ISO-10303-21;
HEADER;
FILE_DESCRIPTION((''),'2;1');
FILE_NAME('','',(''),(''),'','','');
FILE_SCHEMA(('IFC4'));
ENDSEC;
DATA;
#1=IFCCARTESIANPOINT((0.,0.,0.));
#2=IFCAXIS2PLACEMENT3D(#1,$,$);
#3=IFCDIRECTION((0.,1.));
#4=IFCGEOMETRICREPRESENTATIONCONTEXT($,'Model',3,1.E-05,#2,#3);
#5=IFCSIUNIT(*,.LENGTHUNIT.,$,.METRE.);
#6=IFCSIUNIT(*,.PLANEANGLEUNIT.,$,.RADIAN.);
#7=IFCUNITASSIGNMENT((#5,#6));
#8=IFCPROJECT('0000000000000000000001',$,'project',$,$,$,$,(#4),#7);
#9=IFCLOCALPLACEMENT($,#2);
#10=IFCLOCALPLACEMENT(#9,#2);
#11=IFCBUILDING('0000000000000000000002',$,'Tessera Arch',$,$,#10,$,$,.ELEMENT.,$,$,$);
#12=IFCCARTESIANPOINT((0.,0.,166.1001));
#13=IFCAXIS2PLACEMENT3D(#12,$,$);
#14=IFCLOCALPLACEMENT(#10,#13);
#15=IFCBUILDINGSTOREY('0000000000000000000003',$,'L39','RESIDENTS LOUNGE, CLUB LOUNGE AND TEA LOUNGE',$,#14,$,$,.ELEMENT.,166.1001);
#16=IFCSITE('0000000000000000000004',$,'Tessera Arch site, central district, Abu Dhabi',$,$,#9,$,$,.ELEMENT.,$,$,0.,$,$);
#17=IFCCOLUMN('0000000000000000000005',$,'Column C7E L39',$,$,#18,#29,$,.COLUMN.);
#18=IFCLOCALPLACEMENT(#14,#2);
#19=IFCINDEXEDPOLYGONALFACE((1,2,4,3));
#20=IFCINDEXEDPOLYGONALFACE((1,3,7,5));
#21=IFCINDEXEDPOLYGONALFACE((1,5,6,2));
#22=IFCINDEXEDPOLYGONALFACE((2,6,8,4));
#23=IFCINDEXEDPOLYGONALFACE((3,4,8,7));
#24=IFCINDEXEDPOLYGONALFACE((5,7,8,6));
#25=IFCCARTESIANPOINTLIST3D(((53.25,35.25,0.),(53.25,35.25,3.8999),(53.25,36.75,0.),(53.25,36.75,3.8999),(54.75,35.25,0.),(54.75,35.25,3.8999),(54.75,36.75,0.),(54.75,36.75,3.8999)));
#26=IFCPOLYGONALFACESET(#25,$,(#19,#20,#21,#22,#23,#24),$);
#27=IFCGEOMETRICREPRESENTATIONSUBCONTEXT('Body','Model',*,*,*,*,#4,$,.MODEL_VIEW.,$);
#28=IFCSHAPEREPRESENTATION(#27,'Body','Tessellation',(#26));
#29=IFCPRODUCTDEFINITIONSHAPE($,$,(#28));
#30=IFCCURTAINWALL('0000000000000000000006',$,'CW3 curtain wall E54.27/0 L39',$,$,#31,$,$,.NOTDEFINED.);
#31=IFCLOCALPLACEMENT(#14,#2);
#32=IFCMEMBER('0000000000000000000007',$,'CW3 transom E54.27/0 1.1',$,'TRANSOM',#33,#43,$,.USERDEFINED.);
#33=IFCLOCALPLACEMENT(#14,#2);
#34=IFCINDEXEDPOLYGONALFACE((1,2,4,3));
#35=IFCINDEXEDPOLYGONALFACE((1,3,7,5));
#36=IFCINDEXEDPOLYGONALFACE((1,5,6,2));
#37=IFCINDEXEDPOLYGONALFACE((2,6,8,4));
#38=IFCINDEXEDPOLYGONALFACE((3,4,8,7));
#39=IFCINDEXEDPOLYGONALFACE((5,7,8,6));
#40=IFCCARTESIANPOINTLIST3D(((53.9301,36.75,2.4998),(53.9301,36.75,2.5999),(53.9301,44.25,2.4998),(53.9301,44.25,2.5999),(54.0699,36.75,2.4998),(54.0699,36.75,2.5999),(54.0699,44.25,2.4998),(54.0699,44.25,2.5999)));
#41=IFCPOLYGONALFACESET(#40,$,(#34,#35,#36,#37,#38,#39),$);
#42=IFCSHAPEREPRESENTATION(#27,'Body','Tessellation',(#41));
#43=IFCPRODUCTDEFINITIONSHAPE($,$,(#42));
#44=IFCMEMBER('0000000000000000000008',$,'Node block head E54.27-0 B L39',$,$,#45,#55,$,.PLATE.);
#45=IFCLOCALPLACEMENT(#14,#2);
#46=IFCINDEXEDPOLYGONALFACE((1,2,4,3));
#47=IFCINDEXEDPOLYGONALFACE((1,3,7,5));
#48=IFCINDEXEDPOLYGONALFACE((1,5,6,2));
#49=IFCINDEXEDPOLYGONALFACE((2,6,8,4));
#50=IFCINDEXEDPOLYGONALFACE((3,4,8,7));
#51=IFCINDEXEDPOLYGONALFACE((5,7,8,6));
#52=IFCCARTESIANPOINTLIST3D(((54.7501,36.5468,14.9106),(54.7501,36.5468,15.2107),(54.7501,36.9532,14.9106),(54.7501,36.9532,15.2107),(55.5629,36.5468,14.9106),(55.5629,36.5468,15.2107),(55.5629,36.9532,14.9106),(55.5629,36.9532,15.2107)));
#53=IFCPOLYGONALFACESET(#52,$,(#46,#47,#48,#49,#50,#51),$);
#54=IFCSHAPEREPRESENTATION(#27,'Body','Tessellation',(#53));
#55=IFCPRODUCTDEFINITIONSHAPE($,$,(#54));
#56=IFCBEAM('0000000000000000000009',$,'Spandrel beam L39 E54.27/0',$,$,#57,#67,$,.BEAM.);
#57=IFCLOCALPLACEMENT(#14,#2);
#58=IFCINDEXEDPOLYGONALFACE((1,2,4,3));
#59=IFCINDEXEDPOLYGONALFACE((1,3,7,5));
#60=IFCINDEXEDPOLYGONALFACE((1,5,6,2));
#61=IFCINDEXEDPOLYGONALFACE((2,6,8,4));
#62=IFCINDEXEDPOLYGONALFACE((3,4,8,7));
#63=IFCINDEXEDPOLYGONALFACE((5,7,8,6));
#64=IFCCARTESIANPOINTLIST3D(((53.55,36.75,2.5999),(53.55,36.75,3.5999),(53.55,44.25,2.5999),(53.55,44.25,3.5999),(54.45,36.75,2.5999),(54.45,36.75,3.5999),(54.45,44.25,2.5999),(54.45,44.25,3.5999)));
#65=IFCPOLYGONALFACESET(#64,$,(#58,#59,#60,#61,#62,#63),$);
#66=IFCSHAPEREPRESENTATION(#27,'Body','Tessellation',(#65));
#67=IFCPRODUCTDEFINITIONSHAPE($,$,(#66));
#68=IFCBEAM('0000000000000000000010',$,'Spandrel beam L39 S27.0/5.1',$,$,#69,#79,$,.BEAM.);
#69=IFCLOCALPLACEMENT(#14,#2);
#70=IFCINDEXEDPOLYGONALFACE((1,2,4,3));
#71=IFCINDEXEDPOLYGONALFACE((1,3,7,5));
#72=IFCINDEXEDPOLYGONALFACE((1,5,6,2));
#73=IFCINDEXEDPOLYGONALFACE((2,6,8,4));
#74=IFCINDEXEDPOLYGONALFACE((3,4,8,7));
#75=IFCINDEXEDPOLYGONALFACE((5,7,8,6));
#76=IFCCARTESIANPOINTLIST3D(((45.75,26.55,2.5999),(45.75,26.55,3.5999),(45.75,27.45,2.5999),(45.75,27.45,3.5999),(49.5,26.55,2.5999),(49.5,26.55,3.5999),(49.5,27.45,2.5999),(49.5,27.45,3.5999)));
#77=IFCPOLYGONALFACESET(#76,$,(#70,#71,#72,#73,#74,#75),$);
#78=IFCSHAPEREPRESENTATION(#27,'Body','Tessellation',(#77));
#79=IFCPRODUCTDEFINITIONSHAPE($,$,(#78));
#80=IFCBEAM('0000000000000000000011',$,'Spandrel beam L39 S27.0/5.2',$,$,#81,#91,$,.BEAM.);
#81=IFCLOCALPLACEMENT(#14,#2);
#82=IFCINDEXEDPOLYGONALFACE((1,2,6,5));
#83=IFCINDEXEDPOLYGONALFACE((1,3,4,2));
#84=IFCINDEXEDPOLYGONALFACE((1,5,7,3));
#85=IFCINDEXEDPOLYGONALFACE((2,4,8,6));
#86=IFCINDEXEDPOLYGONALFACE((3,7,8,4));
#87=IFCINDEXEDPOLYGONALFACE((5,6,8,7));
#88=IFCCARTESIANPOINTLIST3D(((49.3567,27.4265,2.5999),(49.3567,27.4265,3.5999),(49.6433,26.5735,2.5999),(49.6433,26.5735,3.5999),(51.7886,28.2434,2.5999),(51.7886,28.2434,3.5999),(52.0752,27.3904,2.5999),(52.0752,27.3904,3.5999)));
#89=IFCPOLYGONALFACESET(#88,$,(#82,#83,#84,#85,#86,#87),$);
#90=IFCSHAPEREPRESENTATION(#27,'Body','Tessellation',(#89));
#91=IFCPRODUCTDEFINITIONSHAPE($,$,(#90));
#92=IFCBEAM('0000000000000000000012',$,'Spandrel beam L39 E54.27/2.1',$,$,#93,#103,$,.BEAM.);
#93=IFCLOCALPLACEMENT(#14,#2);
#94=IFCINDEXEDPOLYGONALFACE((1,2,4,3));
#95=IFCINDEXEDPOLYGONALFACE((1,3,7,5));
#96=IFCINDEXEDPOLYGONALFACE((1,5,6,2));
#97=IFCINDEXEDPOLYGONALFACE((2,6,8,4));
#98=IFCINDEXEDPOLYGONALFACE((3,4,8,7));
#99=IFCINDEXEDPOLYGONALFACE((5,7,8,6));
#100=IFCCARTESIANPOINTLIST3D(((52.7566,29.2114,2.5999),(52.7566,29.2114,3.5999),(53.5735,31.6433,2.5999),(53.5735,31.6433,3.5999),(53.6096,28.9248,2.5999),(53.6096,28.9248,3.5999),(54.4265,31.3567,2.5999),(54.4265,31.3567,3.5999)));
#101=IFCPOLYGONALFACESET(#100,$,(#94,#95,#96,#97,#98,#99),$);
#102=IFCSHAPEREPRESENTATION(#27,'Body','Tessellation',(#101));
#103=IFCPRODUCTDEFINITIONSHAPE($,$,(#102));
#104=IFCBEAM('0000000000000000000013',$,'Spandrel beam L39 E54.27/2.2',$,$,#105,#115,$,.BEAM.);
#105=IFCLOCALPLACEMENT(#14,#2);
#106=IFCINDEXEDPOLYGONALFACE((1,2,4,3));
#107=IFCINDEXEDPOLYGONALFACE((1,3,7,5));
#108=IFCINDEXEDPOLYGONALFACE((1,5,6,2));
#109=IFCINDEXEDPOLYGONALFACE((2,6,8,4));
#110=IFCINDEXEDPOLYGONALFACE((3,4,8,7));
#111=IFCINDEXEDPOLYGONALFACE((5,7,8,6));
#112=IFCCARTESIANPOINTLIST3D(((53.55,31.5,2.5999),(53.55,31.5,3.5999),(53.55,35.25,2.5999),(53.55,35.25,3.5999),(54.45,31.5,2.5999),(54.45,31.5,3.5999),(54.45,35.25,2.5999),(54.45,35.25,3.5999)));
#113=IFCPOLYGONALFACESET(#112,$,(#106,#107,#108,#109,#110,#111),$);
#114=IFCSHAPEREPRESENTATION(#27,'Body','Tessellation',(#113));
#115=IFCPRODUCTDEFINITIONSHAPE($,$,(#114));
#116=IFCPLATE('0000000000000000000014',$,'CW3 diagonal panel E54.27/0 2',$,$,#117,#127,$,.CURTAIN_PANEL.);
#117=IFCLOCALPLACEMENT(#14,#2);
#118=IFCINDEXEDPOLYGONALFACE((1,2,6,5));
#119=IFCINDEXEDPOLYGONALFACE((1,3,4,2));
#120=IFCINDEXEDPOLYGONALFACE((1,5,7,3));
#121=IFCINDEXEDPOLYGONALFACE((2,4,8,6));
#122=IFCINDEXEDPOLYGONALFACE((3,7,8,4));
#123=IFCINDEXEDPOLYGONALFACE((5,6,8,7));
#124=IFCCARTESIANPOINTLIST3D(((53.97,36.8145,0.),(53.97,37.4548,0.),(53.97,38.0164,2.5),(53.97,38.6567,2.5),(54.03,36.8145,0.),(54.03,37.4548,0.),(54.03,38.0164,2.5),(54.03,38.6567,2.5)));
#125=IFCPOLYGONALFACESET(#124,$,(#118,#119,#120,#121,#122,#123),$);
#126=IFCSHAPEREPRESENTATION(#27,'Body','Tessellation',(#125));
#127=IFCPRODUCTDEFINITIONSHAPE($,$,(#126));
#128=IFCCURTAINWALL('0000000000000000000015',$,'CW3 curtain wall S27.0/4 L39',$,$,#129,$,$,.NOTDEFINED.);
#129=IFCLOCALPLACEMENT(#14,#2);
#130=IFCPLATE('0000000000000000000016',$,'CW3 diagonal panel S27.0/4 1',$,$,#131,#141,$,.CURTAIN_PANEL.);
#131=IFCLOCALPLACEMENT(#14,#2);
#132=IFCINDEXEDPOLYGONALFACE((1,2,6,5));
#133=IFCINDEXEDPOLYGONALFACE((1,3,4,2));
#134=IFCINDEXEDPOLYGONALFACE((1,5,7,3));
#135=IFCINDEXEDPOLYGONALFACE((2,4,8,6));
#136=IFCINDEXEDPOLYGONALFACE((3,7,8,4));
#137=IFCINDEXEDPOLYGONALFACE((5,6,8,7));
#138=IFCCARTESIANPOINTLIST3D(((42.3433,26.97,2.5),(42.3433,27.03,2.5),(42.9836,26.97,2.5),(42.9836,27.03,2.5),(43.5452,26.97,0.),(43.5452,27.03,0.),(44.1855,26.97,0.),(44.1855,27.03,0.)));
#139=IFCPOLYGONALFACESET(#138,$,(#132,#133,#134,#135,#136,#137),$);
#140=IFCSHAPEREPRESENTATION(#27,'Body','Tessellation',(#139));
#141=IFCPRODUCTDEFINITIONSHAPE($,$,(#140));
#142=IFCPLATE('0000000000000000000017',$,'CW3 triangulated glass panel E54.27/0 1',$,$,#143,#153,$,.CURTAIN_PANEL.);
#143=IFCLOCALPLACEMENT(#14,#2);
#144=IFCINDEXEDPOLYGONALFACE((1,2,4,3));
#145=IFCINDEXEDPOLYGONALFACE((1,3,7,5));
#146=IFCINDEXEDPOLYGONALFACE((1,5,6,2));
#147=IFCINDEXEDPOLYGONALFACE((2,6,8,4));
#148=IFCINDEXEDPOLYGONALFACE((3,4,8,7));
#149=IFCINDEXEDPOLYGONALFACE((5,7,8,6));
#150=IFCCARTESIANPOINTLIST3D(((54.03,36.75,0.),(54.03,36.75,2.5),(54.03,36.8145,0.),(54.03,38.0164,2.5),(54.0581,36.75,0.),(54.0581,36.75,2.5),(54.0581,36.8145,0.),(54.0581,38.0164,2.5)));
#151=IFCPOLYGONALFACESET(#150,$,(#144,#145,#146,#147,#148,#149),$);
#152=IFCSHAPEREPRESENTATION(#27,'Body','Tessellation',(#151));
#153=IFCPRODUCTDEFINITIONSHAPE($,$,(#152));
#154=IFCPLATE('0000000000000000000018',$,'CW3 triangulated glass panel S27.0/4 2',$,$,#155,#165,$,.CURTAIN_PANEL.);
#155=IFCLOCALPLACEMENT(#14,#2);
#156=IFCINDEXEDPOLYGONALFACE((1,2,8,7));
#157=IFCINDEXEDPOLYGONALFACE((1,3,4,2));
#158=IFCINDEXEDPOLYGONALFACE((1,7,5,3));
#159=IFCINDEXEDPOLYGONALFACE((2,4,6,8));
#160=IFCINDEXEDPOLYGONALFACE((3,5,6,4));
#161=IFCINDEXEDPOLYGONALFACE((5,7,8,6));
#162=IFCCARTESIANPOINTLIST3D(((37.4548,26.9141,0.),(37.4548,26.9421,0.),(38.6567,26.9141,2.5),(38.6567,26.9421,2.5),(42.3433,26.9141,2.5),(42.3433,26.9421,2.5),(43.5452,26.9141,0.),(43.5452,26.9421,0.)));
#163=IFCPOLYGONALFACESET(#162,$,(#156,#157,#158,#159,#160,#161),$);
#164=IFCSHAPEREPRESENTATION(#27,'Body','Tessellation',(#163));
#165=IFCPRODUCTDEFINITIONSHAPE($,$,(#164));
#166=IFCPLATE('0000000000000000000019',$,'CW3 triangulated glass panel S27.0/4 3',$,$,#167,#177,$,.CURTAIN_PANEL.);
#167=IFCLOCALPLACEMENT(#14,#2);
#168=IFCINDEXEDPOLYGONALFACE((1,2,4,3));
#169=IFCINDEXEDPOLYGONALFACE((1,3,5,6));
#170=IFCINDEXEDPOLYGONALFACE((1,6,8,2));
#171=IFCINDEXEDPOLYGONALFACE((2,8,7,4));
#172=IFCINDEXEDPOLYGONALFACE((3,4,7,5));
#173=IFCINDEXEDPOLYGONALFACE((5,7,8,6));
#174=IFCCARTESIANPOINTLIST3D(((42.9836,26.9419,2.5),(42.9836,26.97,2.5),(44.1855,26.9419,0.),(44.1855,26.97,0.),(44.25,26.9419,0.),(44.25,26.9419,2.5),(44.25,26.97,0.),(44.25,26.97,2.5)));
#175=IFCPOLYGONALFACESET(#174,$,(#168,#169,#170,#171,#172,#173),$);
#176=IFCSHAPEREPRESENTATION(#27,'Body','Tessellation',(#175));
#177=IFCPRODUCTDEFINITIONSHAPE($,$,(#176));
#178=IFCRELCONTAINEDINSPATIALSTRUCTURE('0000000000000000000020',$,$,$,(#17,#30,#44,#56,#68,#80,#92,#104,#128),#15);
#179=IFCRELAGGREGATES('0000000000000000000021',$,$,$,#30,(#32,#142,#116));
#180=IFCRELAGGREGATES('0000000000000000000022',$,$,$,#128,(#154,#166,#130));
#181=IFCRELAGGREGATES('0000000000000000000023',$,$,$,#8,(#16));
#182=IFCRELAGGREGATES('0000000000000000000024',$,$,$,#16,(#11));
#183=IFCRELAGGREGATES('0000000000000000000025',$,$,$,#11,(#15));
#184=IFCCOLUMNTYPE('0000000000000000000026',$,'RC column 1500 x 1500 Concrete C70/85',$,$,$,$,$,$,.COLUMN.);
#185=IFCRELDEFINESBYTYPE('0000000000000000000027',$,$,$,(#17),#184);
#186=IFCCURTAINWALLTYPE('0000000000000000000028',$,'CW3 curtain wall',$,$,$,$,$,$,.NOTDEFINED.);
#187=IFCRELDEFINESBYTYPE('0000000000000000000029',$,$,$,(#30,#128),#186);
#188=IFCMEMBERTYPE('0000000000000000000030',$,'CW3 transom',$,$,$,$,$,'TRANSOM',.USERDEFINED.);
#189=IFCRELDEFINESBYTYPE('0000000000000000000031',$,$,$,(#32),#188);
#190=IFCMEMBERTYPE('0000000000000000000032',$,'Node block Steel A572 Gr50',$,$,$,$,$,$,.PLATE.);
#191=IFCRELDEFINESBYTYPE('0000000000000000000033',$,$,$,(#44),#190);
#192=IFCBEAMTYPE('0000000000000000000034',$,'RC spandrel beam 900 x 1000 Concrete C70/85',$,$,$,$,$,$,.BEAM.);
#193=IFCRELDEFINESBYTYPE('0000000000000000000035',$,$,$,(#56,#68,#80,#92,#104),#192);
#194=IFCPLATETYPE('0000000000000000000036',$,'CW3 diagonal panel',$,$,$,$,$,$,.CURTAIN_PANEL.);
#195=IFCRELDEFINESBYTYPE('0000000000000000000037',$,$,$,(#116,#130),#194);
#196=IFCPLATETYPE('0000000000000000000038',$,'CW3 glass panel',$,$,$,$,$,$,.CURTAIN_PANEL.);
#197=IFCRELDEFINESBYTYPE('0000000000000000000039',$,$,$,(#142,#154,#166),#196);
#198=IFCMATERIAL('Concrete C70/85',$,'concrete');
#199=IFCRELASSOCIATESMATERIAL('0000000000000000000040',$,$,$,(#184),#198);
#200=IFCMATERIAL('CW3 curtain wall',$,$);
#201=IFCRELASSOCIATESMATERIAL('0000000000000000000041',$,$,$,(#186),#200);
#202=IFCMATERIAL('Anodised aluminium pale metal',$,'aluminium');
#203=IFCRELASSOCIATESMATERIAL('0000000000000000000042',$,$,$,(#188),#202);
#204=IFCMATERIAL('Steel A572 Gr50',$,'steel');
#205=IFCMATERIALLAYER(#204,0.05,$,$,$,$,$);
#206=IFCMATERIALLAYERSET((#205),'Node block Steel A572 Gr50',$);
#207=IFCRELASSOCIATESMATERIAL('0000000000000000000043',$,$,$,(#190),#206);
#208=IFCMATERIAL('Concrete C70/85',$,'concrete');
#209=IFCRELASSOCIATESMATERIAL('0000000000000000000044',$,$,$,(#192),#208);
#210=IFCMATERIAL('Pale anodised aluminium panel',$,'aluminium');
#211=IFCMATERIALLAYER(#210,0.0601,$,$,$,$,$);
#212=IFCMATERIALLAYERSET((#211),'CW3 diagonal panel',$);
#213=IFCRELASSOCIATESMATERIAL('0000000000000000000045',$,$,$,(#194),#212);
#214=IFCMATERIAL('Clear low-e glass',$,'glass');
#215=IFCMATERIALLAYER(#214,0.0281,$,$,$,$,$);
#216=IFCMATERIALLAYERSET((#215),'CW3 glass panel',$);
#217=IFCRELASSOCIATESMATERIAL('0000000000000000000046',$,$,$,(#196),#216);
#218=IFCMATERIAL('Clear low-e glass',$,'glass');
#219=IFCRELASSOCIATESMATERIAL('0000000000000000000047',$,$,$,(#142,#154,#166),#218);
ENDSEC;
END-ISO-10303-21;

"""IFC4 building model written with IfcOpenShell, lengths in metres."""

from ifc_helpers import new_model, si_unit, direction, frame, origin, origin_2d, place, context, subcontext, project, spatial, polyline, rectangle, outline, extrude, material, layer, layer_set, material_profile, profile_set, type_object, element, aggregate, save


model = new_model("IFC4")

# Units and contexts
model_context = context("Model", 3, precision=1e-05, world=origin(), true_north=direction((0.0, 1.0)))
body_context = subcontext(model_context, "Body", "Model", "MODEL_VIEW")
ifc_project = project(units=[si_unit("LENGTHUNIT", "METRE"), si_unit("PLANEANGLEUNIT", "RADIAN")], contexts=[model_context])

# Site, building, storey
site_placement = place(None, origin())
site = spatial("IfcSite", under=ifc_project, at=site_placement, Name="Tessera Arch site, central district, Abu Dhabi", CompositionType="ELEMENT", RefElevation=0.0)
building_placement = place(site_placement, origin())
building = spatial("IfcBuilding", under=site, at=building_placement, Name="Tessera Arch", CompositionType="ELEMENT")
storey_placement = place(building_placement, frame((0.0, 0.0, 166.1001)))
storey = spatial("IfcBuildingStorey", under=building, at=storey_placement, Name="L39", Description="RESIDENTS LOUNGE, CLUB LOUNGE AND TEA LOUNGE", CompositionType="ELEMENT", Elevation=166.1001)

# Column
ifc_material_1 = material(Name="Concrete C70/85", Category="concrete")
ifc_material_profile_1 = material_profile(ifc_material_1, rectangle(XDim=1.5, YDim=1.5, at=origin_2d()), Name="RC column 1500 x 1500 Concrete C70/85")
ifc_profile_set_1 = profile_set([ifc_material_profile_1], Name="Concrete C70/85")
column_type = type_object("IfcColumnType", Name="RC column 1500 x 1500 Concrete C70/85", PredefinedType="COLUMN", material=ifc_profile_set_1)
column_placement = place(storey_placement, frame((54.0, 36.0, 0.0), z_axis=(0.0, 0.0, 1.0), x_axis=(1.0, 0.0, 0.0)))
element("IfcColumn", 1, at=column_placement, inside=storey, type_object=column_type, Name="Column C7E L39", PredefinedType="COLUMN", context=body_context, shape_type="SweptSolid", body=[
    extrude(rectangle(XDim=1.5, YDim=1.5, at=origin_2d()), origin(), (0.0, 0.0, 1.0), 3.8999),
])

# Curtain wall, member
ifc_material_2 = material(Name="CW3 curtain wall")
curtain_wall_type = type_object("IfcCurtainWallType", Name="CW3 curtain wall", PredefinedType="NOTDEFINED", material=ifc_material_2)
curtain_wall_1_placement = place(storey_placement, origin())
curtain_wall_1 = element("IfcCurtainWall", 2, at=curtain_wall_1_placement, inside=storey, type_object=curtain_wall_type, Name="CW3 curtain wall E54.27/0 L39", PredefinedType="NOTDEFINED")
ifc_material_3 = material(Name="Anodised aluminium pale metal", Category="aluminium")
ifc_material_profile_2 = material_profile(ifc_material_3, rectangle(XDim=0.1399, YDim=0.1001, at=origin_2d()), Name="AL 140x100")
ifc_profile_set_2 = profile_set([ifc_material_profile_2], Name="Anodised aluminium pale metal")
member_type_1 = type_object("IfcMemberType", Name="CW3 transom", ElementType="TRANSOM", PredefinedType="USERDEFINED", material=ifc_profile_set_2)
member_1_placement = place(storey_placement, frame((54.0, 36.75, 2.5498), z_axis=(0.0, 1.0, 0.0), x_axis=(-1.0, 0.0, 0.0)))
member_1 = element("IfcMember", 3, at=member_1_placement, type_object=member_type_1, Name="CW3 transom E54.27/0 1.1", ObjectType="TRANSOM", PredefinedType="USERDEFINED", context=body_context, shape_type="SweptSolid", body=[
    extrude(rectangle(XDim=0.1399, YDim=0.1001, at=origin_2d()), origin(), (0.0, 0.0, 1.0), 7.5),
])

# Member
ifc_material_4 = material(Name="Steel A572 Gr50", Category="steel")
ifc_layer_1 = layer(ifc_material_4, 0.05)
ifc_layer_set_1 = layer_set([ifc_layer_1], Name="Node block Steel A572 Gr50")
member_type_2 = type_object("IfcMemberType", Name="Node block Steel A572 Gr50", PredefinedType="PLATE", material=ifc_layer_set_1)
member_2_placement = place(storey_placement, frame((55.1565, 36.75, 14.9106), z_axis=(0.0, 0.0, 1.0), x_axis=(0.0, 1.0, 0.0)))
element("IfcMember", 4, at=member_2_placement, inside=storey, type_object=member_type_2, Name="Node block head E54.27-0 B L39", PredefinedType="PLATE", context=body_context, shape_type="SweptSolid", body=[
    extrude(rectangle(XDim=0.4065, YDim=0.8127, at=origin_2d()), origin(), (0.0, 0.0, 1.0), 0.3),
])

# Beams
ifc_material_5 = material(Name="Concrete C70/85", Category="concrete")
ifc_material_profile_3 = material_profile(ifc_material_5, rectangle(XDim=0.8999, YDim=1.0, at=origin_2d()), Name="RC spandrel beam 900 x 1000 Concrete C70/85")
ifc_profile_set_3 = profile_set([ifc_material_profile_3], Name="Concrete C70/85")
beam_type = type_object("IfcBeamType", Name="RC spandrel beam 900 x 1000 Concrete C70/85", PredefinedType="BEAM", material=ifc_profile_set_3)
beam_1_placement = place(storey_placement, frame((54.0, 36.75, 3.0999), z_axis=(0.0, 1.0, 0.0), x_axis=(-1.0, 0.0, 0.0)))
element("IfcBeam", 5, at=beam_1_placement, inside=storey, type_object=beam_type, Name="Spandrel beam L39 E54.27/0", PredefinedType="BEAM", context=body_context, shape_type="SweptSolid", body=[
    extrude(rectangle(XDim=0.8999, YDim=1.0, at=origin_2d()), origin(), (0.0, 0.0, 1.0), 7.5),
])
beam_2_placement = place(storey_placement, frame((45.75, 27.0, 3.0999), z_axis=(1.0, 0.0, 0.0), x_axis=(0.0, 1.0, 0.0)))
element("IfcBeam", 6, at=beam_2_placement, inside=storey, type_object=beam_type, Name="Spandrel beam L39 S27.0/5.1", PredefinedType="BEAM", context=body_context, shape_type="SweptSolid", body=[
    extrude(rectangle(XDim=0.8999, YDim=1.0, at=origin_2d()), origin(), (0.0, 0.0, 1.0), 3.75),
])
for number, where, z_axis, x_axis, name in (
    (7, (49.5, 27.0, 3.0999), (0.947948, 0.318425, 0.0), (-0.318425, 0.947948, 0.0), "Spandrel beam L39 S27.0/5.2"),
    (8, (53.1831, 29.0681, 3.0999), (0.318425, 0.947948, 0.0), (-0.947948, 0.318425, 0.0), "Spandrel beam L39 E54.27/2.1"),
):
    element("IfcBeam", number, at=place(storey_placement, frame(where, z_axis=z_axis, x_axis=x_axis)), inside=storey, type_object=beam_type, Name=name, PredefinedType="BEAM", context=body_context, shape_type="SweptSolid", body=[
        extrude(rectangle(XDim=0.8999, YDim=1.0, at=origin_2d()), origin(), (0.0, 0.0, 1.0), 2.5654),
    ])
beam_3_placement = place(storey_placement, frame((54.0, 31.5, 3.0999), z_axis=(0.0, 1.0, 0.0), x_axis=(-1.0, 0.0, 0.0)))
element("IfcBeam", 9, at=beam_3_placement, inside=storey, type_object=beam_type, Name="Spandrel beam L39 E54.27/2.2", PredefinedType="BEAM", context=body_context, shape_type="SweptSolid", body=[
    extrude(rectangle(XDim=0.8999, YDim=1.0, at=origin_2d()), origin(), (0.0, 0.0, 1.0), 3.75),
])

# Plate
ifc_material_6 = material(Name="Pale anodised aluminium panel", Category="aluminium")
ifc_layer_2 = layer(ifc_material_6, 0.0601)
ifc_layer_set_2 = layer_set([ifc_layer_2], Name="CW3 diagonal panel")
plate_type_1 = type_object("IfcPlateType", Name="CW3 diagonal panel", PredefinedType="CURTAIN_PANEL", material=ifc_layer_set_2)
plate_1_placement = place(storey_placement, frame((54.03, 38.6567, 2.5), z_axis=(1.0, 0.0, 0.0), x_axis=(0.0, -1.0, 0.0)))
plate_1 = element("IfcPlate", 10, at=plate_1_placement, type_object=plate_type_1, Name="CW3 diagonal panel E54.27/0 2", PredefinedType="CURTAIN_PANEL", context=body_context, shape_type="SweptSolid", body=[
    extrude(outline(polyline([(0.0, 0.0), (0.6404, 0.0), (1.8423, 2.5), (1.2019, 2.5), (0.0, 0.0)])), origin(), (0.0, 0.0, -1.0), 0.0601),
])

# Curtain wall, plate
curtain_wall_2_placement = place(storey_placement, origin())
curtain_wall_2 = element("IfcCurtainWall", 11, at=curtain_wall_2_placement, inside=storey, type_object=curtain_wall_type, Name="CW3 curtain wall S27.0/4 L39", PredefinedType="NOTDEFINED")
plate_2_placement = place(storey_placement, frame((42.9836, 26.97, 2.5), z_axis=(0.0, -1.0, 0.0), x_axis=(-1.0, 0.0, 0.0)))
plate_2 = element("IfcPlate", 12, at=plate_2_placement, type_object=plate_type_1, Name="CW3 diagonal panel S27.0/4 1", PredefinedType="CURTAIN_PANEL", context=body_context, shape_type="SweptSolid", body=[
    extrude(outline(polyline([(0.0, 0.0), (0.6404, 0.0), (-0.5615, 2.5), (-1.2019, 2.5), (0.0, 0.0)])), origin(), (0.0, 0.0, -1.0), 0.0601),
])

# Plates
ifc_material_7 = material(Name="Clear low-e glass", Category="glass")
ifc_material_8 = material(Name="Clear low-e glass", Category="glass")
ifc_layer_3 = layer(ifc_material_8, 0.0281)
ifc_layer_set_3 = layer_set([ifc_layer_3], Name="CW3 glass panel")
plate_type_2 = type_object("IfcPlateType", Name="CW3 glass panel", PredefinedType="CURTAIN_PANEL", material=ifc_layer_set_3)
plate_3_placement = place(storey_placement, frame((54.0581, 36.75, 0.0), z_axis=(1.0, 0.0, 0.0), x_axis=(0.0, 1.0, 0.0)))
plate_3 = element("IfcPlate", 13, at=plate_3_placement, type_object=plate_type_2, material=ifc_material_7, Name="CW3 triangulated glass panel E54.27/0 1", PredefinedType="CURTAIN_PANEL", context=body_context, shape_type="SweptSolid", body=[
    extrude(outline(polyline([(0.0, 0.0), (0.0645, 0.0), (1.2664, 2.5), (0.0, 2.5), (0.0, 0.0)])), origin(), (0.0, 0.0, -1.0), 0.0281),
])
aggregate(curtain_wall_1, [member_1, plate_3, plate_1])
plate_4_placement = place(storey_placement, frame((42.3433, 26.9141, 2.5), z_axis=(0.0, -1.0, 0.0), x_axis=(-1.0, 0.0, 0.0)))
plate_4 = element("IfcPlate", 14, at=plate_4_placement, type_object=plate_type_2, material=ifc_material_7, Name="CW3 triangulated glass panel S27.0/4 2", PredefinedType="CURTAIN_PANEL", context=body_context, shape_type="SweptSolid", body=[
    extrude(outline(polyline([(0.0, 0.0), (3.6865, 0.0), (4.8884, 2.5), (-1.2019, 2.5), (0.0, 0.0)])), origin(), (0.0, 0.0, -1.0), 0.0281),
])
plate_5_placement = place(storey_placement, frame((44.25, 26.9419, 2.5), z_axis=(0.0, -1.0, 0.0), x_axis=(-1.0, 0.0, 0.0)))
plate_5 = element("IfcPlate", 15, at=plate_5_placement, type_object=plate_type_2, material=ifc_material_7, Name="CW3 triangulated glass panel S27.0/4 3", PredefinedType="CURTAIN_PANEL", context=body_context, shape_type="SweptSolid", body=[
    extrude(outline(polyline([(0.0, 0.0), (1.2664, 0.0), (0.0645, 2.5), (0.0, 2.5), (0.0, 0.0)])), origin(), (0.0, 0.0, -1.0), 0.0281),
])
aggregate(curtain_wall_2, [plate_4, plate_5, plate_2])

save(model, "model.ifc")
